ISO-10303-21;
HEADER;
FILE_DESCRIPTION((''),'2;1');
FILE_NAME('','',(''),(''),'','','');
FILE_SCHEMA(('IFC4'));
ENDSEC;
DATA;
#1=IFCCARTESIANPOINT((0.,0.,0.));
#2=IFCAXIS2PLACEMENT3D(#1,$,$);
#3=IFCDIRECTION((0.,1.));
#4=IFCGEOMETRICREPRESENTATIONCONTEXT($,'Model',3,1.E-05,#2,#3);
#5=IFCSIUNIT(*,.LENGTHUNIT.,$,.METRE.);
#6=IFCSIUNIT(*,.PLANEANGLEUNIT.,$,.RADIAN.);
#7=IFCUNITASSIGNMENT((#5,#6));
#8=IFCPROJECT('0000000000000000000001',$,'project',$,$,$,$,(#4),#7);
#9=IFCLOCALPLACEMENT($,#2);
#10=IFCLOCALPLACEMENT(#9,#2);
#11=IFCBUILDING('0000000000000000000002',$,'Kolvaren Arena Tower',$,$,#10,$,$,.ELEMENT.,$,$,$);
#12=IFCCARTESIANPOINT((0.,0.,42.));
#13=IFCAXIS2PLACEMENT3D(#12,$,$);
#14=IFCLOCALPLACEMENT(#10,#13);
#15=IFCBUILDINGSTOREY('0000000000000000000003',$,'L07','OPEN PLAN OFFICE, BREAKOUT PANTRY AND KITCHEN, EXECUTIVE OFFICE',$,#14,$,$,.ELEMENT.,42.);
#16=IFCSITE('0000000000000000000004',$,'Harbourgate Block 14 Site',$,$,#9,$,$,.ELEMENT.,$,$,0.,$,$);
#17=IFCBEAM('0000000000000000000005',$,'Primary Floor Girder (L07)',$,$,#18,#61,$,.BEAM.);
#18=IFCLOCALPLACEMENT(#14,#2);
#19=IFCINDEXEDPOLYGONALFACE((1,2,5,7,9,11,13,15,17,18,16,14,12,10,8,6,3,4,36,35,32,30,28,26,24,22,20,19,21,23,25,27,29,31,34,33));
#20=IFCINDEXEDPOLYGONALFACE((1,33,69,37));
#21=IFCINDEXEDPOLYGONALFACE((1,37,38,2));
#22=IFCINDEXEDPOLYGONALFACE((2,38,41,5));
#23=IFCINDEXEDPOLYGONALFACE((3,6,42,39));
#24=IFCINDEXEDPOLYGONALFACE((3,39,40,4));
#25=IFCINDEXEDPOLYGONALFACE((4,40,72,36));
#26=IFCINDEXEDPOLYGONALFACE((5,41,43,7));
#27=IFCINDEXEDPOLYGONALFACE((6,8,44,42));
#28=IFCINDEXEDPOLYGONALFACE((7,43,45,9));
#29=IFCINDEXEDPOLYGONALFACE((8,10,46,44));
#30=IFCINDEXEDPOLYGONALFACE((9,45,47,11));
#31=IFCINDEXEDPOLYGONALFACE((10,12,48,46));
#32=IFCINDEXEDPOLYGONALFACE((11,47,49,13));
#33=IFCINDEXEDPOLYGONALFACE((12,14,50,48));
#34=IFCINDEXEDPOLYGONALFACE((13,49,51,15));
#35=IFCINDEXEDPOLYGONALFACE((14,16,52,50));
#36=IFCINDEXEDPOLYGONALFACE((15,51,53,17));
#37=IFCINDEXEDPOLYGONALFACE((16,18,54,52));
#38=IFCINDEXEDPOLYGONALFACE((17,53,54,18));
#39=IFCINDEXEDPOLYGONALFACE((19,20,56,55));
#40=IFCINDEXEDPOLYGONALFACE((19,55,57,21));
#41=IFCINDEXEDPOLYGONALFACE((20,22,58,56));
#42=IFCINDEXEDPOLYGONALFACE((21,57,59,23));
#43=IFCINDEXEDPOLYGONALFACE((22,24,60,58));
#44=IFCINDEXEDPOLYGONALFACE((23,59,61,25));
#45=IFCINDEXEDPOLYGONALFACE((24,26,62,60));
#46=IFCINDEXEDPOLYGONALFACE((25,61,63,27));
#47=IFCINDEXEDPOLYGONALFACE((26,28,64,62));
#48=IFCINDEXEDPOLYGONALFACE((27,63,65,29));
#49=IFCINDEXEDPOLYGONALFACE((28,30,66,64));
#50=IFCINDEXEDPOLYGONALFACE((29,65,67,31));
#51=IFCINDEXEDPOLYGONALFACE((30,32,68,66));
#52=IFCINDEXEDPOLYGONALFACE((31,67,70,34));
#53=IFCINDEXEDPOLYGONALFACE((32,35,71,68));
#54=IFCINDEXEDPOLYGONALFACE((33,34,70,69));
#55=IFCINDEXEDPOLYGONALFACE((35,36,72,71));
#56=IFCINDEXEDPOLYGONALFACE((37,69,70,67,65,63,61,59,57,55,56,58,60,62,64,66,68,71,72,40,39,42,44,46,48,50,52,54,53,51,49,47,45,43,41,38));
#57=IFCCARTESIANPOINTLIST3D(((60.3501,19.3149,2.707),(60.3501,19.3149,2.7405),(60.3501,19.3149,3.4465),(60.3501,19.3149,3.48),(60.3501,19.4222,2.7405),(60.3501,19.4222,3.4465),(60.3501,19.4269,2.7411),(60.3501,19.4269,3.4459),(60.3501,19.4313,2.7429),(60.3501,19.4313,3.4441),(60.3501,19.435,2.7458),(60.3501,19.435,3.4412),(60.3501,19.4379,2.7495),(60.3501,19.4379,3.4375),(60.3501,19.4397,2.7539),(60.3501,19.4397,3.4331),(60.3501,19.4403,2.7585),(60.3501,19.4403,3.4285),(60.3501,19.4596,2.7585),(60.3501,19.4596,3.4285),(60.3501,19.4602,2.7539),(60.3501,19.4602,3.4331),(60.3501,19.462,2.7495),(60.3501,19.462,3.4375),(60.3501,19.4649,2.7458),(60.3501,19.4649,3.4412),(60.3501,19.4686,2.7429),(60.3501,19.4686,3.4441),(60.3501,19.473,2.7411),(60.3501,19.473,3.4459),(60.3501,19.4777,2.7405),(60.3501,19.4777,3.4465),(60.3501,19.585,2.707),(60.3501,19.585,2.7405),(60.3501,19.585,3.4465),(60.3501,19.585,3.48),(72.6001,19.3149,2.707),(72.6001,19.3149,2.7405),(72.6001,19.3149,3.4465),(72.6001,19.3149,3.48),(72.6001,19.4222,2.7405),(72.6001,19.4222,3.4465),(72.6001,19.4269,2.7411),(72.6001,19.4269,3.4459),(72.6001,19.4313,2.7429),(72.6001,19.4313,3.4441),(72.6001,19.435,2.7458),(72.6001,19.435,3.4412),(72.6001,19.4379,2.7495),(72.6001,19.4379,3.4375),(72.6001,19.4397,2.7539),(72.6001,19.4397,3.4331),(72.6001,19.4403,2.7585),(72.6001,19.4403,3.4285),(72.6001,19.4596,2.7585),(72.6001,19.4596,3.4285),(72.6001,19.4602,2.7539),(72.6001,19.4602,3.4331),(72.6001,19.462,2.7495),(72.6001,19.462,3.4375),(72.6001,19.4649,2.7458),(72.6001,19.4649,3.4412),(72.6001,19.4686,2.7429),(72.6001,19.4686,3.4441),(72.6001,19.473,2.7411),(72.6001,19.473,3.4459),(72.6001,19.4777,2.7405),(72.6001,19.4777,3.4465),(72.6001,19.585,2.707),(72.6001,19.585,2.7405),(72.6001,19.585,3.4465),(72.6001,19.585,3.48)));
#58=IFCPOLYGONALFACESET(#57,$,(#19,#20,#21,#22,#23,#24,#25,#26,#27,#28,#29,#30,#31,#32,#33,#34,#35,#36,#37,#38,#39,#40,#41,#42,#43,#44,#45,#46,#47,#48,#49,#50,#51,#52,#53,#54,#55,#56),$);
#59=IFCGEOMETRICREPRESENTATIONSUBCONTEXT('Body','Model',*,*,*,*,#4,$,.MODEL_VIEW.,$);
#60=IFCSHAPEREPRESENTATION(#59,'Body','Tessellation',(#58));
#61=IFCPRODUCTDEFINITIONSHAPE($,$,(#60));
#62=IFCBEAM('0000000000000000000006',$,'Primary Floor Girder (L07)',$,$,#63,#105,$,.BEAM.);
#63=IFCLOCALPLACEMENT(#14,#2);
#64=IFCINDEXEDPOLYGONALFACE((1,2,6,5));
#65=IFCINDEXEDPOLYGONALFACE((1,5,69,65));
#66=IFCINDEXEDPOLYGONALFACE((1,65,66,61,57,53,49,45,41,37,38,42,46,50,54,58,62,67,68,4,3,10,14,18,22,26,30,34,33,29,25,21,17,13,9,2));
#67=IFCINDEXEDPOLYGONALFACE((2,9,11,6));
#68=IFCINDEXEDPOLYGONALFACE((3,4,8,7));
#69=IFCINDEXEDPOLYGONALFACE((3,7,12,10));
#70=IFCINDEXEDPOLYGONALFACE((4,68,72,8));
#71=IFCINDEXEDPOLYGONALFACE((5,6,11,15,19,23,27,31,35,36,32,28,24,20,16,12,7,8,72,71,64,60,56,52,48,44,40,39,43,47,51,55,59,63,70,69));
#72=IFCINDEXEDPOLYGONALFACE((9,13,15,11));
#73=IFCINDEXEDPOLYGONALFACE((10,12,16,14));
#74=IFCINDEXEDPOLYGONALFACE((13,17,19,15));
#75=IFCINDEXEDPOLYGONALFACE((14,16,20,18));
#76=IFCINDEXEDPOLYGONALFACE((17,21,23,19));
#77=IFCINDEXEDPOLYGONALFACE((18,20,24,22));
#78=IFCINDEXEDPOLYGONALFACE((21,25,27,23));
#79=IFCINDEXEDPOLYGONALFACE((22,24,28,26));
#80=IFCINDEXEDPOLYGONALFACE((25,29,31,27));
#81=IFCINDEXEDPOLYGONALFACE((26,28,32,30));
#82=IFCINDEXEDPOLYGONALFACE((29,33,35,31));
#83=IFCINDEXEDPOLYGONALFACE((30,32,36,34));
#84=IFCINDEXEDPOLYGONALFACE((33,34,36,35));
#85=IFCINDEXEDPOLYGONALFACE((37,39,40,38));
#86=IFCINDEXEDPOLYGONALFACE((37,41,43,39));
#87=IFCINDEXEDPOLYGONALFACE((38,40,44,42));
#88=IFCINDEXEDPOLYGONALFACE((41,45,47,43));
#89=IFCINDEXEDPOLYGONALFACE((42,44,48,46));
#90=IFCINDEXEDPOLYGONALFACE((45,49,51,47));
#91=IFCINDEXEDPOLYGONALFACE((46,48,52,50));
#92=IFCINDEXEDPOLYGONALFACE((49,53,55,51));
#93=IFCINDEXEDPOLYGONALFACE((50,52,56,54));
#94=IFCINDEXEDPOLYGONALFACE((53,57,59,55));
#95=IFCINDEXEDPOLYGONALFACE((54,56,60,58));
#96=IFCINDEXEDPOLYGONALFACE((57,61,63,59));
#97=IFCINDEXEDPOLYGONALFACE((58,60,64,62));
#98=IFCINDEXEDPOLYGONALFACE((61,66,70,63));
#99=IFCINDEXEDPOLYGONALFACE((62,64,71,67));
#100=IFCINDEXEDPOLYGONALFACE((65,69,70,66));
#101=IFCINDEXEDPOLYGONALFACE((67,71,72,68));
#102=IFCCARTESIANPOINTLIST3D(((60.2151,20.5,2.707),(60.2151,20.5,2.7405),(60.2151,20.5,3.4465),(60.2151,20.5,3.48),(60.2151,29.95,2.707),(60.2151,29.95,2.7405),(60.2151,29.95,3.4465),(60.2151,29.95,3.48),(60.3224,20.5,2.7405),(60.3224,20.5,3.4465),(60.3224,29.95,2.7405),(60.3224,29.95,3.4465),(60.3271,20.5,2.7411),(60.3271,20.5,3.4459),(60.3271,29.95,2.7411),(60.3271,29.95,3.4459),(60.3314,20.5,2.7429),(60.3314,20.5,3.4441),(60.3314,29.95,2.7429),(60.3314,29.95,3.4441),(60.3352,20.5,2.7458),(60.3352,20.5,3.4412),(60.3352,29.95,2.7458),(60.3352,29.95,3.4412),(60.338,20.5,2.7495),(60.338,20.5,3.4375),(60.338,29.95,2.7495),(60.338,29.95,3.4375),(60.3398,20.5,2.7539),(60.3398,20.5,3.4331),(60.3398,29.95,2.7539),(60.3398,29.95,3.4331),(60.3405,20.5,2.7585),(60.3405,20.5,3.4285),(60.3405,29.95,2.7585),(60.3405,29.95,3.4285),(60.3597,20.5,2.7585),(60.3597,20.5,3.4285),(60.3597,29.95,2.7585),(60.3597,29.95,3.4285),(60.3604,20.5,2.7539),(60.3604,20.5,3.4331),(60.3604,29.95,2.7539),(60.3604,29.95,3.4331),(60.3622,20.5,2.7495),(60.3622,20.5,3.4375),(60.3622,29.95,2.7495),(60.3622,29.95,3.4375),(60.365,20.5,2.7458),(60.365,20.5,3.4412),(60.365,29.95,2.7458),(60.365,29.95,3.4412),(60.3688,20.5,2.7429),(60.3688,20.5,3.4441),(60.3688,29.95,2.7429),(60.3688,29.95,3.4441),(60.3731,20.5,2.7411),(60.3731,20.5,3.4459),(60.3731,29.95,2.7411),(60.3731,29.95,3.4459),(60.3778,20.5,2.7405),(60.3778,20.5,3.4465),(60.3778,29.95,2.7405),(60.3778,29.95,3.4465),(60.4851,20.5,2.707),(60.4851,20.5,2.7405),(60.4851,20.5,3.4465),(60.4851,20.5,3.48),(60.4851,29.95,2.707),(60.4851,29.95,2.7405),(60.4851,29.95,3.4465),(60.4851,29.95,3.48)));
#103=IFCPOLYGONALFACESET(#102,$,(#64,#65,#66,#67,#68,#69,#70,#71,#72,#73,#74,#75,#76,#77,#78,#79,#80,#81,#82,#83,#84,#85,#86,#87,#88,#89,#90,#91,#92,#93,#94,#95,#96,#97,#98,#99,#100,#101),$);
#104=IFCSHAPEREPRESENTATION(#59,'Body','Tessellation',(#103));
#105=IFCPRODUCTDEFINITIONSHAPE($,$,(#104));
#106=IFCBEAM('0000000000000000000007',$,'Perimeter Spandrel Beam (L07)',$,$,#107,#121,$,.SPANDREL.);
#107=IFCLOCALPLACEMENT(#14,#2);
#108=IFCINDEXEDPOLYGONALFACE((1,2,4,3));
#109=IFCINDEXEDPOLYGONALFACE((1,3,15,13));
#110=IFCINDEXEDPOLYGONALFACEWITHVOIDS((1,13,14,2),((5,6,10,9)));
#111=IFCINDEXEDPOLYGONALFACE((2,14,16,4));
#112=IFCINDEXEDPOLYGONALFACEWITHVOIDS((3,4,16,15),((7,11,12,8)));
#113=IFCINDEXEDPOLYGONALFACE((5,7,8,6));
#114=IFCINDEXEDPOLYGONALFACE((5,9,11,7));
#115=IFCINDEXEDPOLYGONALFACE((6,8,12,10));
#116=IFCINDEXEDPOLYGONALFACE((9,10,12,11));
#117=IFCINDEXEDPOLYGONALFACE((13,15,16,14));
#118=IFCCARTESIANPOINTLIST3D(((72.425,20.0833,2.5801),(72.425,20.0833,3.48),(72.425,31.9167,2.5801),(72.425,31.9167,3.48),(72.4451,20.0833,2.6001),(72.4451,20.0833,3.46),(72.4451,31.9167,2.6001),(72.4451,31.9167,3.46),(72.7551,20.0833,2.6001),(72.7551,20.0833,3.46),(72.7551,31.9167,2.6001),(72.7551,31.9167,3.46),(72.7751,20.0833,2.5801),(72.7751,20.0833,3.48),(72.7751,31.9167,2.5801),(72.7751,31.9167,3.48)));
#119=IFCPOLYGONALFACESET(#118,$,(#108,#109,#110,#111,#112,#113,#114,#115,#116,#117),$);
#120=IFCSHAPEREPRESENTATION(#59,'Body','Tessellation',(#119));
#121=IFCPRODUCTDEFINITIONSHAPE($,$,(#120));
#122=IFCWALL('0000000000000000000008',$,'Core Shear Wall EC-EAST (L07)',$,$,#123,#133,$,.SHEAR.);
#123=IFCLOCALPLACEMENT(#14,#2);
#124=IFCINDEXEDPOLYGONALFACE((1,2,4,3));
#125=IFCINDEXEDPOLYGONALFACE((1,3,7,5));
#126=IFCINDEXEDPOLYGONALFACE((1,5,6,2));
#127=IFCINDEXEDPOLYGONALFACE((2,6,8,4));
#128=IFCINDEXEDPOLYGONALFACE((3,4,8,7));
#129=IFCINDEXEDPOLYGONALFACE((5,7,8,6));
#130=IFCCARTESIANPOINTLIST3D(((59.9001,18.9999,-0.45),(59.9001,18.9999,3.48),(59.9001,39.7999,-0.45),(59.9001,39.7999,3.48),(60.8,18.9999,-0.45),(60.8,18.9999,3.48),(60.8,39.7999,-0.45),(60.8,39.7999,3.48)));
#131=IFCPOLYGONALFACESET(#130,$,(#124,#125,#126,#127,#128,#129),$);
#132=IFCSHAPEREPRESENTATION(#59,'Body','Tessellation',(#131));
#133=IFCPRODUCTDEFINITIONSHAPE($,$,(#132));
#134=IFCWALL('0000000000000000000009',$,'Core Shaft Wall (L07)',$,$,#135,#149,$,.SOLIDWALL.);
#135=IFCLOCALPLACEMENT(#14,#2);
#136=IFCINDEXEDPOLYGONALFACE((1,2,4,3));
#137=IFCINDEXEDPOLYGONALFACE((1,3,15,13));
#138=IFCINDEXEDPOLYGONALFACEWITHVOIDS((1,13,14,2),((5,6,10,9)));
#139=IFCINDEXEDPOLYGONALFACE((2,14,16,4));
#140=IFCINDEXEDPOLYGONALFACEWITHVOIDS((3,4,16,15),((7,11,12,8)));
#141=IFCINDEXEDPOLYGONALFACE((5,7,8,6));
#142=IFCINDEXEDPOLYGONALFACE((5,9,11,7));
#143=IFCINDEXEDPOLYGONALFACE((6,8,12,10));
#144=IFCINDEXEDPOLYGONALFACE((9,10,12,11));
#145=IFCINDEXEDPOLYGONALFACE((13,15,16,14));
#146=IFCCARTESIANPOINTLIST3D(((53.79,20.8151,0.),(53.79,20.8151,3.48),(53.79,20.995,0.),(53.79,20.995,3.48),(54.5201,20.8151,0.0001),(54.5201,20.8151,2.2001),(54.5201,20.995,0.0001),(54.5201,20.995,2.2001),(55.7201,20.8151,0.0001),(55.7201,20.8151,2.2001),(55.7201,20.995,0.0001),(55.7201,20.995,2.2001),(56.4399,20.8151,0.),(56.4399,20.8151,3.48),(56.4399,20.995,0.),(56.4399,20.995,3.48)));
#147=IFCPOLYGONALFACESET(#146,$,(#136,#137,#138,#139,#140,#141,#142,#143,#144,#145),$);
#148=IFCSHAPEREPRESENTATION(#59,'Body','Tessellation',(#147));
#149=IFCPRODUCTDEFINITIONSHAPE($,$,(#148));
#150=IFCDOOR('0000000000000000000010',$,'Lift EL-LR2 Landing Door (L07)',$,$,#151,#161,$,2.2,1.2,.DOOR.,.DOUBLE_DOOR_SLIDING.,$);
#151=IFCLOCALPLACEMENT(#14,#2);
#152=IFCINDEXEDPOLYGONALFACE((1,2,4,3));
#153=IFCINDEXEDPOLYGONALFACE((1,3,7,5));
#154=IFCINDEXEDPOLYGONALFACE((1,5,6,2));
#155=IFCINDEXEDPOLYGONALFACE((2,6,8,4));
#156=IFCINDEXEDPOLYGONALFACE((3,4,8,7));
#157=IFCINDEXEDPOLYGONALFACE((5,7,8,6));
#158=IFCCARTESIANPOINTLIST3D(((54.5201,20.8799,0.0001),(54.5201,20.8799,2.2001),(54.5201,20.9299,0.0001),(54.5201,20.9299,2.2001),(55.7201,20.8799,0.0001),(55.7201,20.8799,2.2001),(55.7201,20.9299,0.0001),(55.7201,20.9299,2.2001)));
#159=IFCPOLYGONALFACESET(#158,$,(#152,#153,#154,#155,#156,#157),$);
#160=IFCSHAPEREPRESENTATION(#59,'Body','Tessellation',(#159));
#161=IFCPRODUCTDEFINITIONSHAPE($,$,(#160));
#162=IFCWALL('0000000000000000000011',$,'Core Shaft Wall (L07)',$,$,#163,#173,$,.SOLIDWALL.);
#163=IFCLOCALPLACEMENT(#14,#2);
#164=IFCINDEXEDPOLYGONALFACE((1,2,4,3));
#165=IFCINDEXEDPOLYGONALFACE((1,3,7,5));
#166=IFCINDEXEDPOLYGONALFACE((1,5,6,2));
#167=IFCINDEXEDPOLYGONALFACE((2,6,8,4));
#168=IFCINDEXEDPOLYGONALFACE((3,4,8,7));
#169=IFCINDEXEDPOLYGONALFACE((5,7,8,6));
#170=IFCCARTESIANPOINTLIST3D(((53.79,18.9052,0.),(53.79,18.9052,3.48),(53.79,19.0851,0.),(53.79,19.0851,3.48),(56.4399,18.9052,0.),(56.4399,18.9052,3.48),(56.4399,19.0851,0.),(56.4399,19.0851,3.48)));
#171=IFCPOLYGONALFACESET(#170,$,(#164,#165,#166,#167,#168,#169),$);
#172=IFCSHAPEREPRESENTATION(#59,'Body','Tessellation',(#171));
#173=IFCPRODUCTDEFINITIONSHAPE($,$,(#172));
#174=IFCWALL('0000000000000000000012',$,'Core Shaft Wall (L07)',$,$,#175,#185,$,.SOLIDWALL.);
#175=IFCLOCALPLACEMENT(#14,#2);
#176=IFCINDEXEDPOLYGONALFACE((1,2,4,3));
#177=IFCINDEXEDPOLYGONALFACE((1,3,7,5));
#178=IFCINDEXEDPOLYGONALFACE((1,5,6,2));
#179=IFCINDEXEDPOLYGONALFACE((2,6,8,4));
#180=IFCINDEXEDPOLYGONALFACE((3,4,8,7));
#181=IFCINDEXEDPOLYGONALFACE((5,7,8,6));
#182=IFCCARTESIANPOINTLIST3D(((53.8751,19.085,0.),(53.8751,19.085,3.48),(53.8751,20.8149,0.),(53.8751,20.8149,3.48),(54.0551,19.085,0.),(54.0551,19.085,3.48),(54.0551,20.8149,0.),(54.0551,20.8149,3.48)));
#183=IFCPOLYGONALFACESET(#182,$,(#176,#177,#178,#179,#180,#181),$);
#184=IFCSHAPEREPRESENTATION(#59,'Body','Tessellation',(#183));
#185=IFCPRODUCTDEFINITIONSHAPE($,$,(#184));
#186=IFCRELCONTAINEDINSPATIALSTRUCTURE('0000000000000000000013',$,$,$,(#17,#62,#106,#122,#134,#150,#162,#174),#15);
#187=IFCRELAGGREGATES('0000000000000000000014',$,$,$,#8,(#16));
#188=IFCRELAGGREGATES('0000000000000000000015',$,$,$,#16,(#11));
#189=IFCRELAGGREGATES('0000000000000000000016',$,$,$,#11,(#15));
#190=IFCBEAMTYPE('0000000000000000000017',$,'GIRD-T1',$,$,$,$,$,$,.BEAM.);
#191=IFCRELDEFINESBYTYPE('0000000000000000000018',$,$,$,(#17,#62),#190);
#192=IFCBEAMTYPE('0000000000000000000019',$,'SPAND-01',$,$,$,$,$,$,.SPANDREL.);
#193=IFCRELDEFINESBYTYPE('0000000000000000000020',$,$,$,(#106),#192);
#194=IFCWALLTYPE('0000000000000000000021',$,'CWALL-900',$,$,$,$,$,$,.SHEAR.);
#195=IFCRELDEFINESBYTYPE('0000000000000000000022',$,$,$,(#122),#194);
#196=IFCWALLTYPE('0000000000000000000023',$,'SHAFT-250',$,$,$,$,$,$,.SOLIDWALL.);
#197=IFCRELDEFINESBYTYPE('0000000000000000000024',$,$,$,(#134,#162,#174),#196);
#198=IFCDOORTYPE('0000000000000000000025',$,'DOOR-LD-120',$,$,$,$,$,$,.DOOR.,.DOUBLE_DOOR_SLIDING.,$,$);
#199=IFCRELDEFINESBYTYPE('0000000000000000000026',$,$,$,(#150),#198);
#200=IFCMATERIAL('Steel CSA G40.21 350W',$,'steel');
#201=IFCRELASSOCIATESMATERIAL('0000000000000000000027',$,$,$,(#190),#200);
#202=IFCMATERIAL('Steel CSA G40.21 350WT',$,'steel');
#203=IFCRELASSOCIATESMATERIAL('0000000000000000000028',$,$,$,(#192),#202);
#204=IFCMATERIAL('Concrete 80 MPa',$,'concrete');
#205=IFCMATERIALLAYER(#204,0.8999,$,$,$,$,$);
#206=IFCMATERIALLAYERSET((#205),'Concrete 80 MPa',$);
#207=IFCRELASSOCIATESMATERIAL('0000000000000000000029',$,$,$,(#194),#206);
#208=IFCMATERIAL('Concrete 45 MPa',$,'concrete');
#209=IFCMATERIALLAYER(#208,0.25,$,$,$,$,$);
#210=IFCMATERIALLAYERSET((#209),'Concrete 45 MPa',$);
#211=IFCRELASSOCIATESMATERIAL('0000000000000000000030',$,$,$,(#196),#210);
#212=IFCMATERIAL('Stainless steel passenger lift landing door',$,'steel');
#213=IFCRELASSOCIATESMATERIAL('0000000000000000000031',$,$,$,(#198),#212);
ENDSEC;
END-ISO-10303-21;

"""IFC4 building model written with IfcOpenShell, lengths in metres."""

from ifc_helpers import new_model, si_unit, direction, frame, frame_2d, origin, origin_2d, place, context, subcontext, project, spatial, rectangle, hollow_rectangle, i_section, extrude, material, layer, layer_set, material_profile, profile_set, type_object, element, fill, save


model = new_model("IFC4")

# Units and contexts
model_context = context("Model", 3, precision=1e-05, world=origin(), true_north=direction((0.0, 1.0)))
body_context = subcontext(model_context, "Body", "Model", "MODEL_VIEW")
ifc_project = project(units=[si_unit("LENGTHUNIT", "METRE"), si_unit("PLANEANGLEUNIT", "RADIAN")], contexts=[model_context])

# Site, building, storey
site_placement = place(None, origin())
site = spatial("IfcSite", under=ifc_project, at=site_placement, Name="Harbourgate Block 14 Site", CompositionType="ELEMENT", RefElevation=0.0)
building_placement = place(site_placement, origin())
building = spatial("IfcBuilding", under=site, at=building_placement, Name="Kolvaren Arena Tower", CompositionType="ELEMENT")
storey_placement = place(building_placement, frame((0.0, 0.0, 42.0)))
storey = spatial("IfcBuildingStorey", under=building, at=storey_placement, Name="L07", Description="OPEN PLAN OFFICE, BREAKOUT PANTRY AND KITCHEN, EXECUTIVE OFFICE", CompositionType="ELEMENT", Elevation=42.0)

# Beams
ifc_material_1 = material(Name="Steel CSA G40.21 350W", Category="steel")
ifc_material_profile_1 = material_profile(ifc_material_1, i_section(OverallWidth=0.27, OverallDepth=0.7729, WebThickness=0.0193, FlangeThickness=0.0334, FilletRadius=0.0181, at=origin_2d()), Name="W760x257")
ifc_profile_set_1 = profile_set([ifc_material_profile_1], Name="Steel CSA G40.21 350W")
beam_type_1 = type_object("IfcBeamType", Name="GIRD-T1", PredefinedType="BEAM", material=ifc_profile_set_1)
beam_1_placement = place(storey_placement, frame((60.3501, 19.45, 3.0935), z_axis=(1.0, 0.0, 0.0), x_axis=(0.0, 1.0, 0.0)))
element("IfcBeam", 1, at=beam_1_placement, inside=storey, type_object=beam_type_1, Name="Primary Floor Girder (L07)", PredefinedType="BEAM", context=body_context, shape_type="SweptSolid", body=[
    extrude(i_section(OverallWidth=0.27, OverallDepth=0.7729, WebThickness=0.0193, FlangeThickness=0.0334, FilletRadius=0.0181, at=origin_2d()), origin(), (0.0, 0.0, 1.0), 12.25),
])
beam_2_placement = place(storey_placement, frame((60.3501, 20.5, 3.0935), z_axis=(0.0, 1.0, 0.0), x_axis=(-1.0, 0.0, 0.0)))
element("IfcBeam", 2, at=beam_2_placement, inside=storey, type_object=beam_type_1, Name="Primary Floor Girder (L07)", PredefinedType="BEAM", context=body_context, shape_type="SweptSolid", body=[
    extrude(i_section(OverallWidth=0.27, OverallDepth=0.7729, WebThickness=0.0193, FlangeThickness=0.0334, FilletRadius=0.0181, at=origin_2d()), origin(), (0.0, 0.0, 1.0), 9.45),
])
ifc_material_2 = material(Name="Steel CSA G40.21 350WT", Category="steel")
ifc_material_profile_2 = material_profile(ifc_material_2, hollow_rectangle(XDim=0.3501, YDim=0.8999, WallThickness=0.02, at=origin_2d()), Name="HSS 900x350x20")
ifc_profile_set_2 = profile_set([ifc_material_profile_2], Name="Steel CSA G40.21 350WT")
beam_type_2 = type_object("IfcBeamType", Name="SPAND-01", PredefinedType="SPANDREL", material=ifc_profile_set_2)
beam_3_placement = place(storey_placement, frame((72.6001, 20.0833, 3.03), z_axis=(0.0, 1.0, 0.0), x_axis=(-1.0, 0.0, 0.0)))
element("IfcBeam", 3, at=beam_3_placement, inside=storey, type_object=beam_type_2, Name="Perimeter Spandrel Beam (L07)", PredefinedType="SPANDREL", context=body_context, shape_type="SweptSolid", body=[
    extrude(hollow_rectangle(XDim=0.3501, YDim=0.8999, WallThickness=0.02, at=origin_2d()), origin(), (0.0, 0.0, 1.0), 11.8335),
])

# Wall
ifc_material_3 = material(Name="Concrete 80 MPa", Category="concrete")
ifc_layer_1 = layer(ifc_material_3, 0.8999)
ifc_layer_set_1 = layer_set([ifc_layer_1], Name="Concrete 80 MPa")
wall_type_1 = type_object("IfcWallType", Name="CWALL-900", PredefinedType="SHEAR", material=ifc_layer_set_1)
wall_1_placement = place(storey_placement, frame((60.3501, 19.0, -0.45), z_axis=(0.0, 0.0, 1.0), x_axis=(0.0, 1.0, 0.0)))
element("IfcWall", 4, at=wall_1_placement, inside=storey, type_object=wall_type_1, Name="Core Shear Wall EC-EAST (L07)", PredefinedType="SHEAR", context=body_context, shape_type="SweptSolid", body=[
    extrude(rectangle(XDim=20.8, YDim=0.8999, at=frame_2d((10.3999, 0.0))), origin(), (0.0, 0.0, 1.0), 3.9299),
])

# Wall, opening, door
ifc_material_4 = material(Name="Concrete 45 MPa", Category="concrete")
ifc_layer_2 = layer(ifc_material_4, 0.25)
ifc_layer_set_2 = layer_set([ifc_layer_2], Name="Concrete 45 MPa")
wall_type_2 = type_object("IfcWallType", Name="SHAFT-250", PredefinedType="SOLIDWALL", material=ifc_layer_set_2)
wall_2_placement = place(storey_placement, frame((53.79, 20.905, 0.0), z_axis=(0.0, 0.0, 1.0), x_axis=(1.0, 0.0, 0.0)))
wall_2 = element("IfcWall", 5, at=wall_2_placement, inside=storey, type_object=wall_type_2, Name="Core Shaft Wall (L07)", PredefinedType="SOLIDWALL", context=body_context, shape_type="SweptSolid", body=[
    extrude(rectangle(XDim=2.6499, YDim=0.1799, at=frame_2d((1.325, 0.0))), origin(), (0.0, 0.0, 1.0), 3.48),
])
opening_1_placement = place(wall_2_placement, frame((0.73, 0.0, 0.0)))
opening_1 = element("IfcOpeningElement", 6, at=opening_1_placement, cuts=wall_2, PredefinedType="OPENING", context=body_context, shape_type="SweptSolid", body=[
    extrude(rectangle(XDim=1.2, YDim=2.2, at=frame_2d((0.6001, 1.1001))), frame((0.0, 0.0999, 0.0), z_axis=(0.0, -1.0, 0.0), x_axis=(1.0, 0.0, 0.0)), (0.0, 0.0, 1.0), 0.2),
])
ifc_material_5 = material(Name="Stainless steel passenger lift landing door", Category="steel")
door_type = type_object("IfcDoorType", Name="DOOR-LD-120", OperationType="DOUBLE_DOOR_SLIDING", PredefinedType="DOOR", material=ifc_material_5)
door_1_placement = place(opening_1_placement, origin())
door_1 = element("IfcDoor", 7, at=door_1_placement, inside=storey, type_object=door_type, Name="Lift EL-LR2 Landing Door (L07)", OperationType="DOUBLE_DOOR_SLIDING", OverallHeight=2.2, OverallWidth=1.2, PredefinedType="DOOR", context=body_context, shape_type="SweptSolid", body=[
    extrude(rectangle(XDim=1.2, YDim=2.2, at=frame_2d((0.6001, 1.1001))), frame((0.0, 0.0249, 0.0), z_axis=(0.0, -1.0, 0.0), x_axis=(1.0, 0.0, 0.0)), (0.0, 0.0, 1.0), 0.05),
])
fill(opening_1, door_1)

# Walls
wall_3_placement = place(storey_placement, frame((53.79, 18.9951, 0.0), z_axis=(0.0, 0.0, 1.0), x_axis=(1.0, 0.0, 0.0)))
element("IfcWall", 8, at=wall_3_placement, inside=storey, type_object=wall_type_2, Name="Core Shaft Wall (L07)", PredefinedType="SOLIDWALL", context=body_context, shape_type="SweptSolid", body=[
    extrude(rectangle(XDim=2.6499, YDim=0.1799, at=frame_2d((1.325, 0.0))), origin(), (0.0, 0.0, 1.0), 3.48),
])
for number, where, z_axis, x_axis, name in (
    (9, (53.9651, 19.085, 0.0), (0.0, 0.0, 1.0), (0.0, 1.0, 0.0), "Core Shaft Wall (L07)"),
):
    element("IfcWall", number, at=place(storey_placement, frame(where, z_axis=z_axis, x_axis=x_axis)), inside=storey, type_object=wall_type_2, Name=name, PredefinedType="SOLIDWALL", context=body_context, shape_type="SweptSolid", body=[
        extrude(rectangle(XDim=1.73, YDim=0.1799, at=frame_2d((0.865, 0.0))), origin(), (0.0, 0.0, 1.0), 3.48),
    ])

save(model, "model.ifc")
